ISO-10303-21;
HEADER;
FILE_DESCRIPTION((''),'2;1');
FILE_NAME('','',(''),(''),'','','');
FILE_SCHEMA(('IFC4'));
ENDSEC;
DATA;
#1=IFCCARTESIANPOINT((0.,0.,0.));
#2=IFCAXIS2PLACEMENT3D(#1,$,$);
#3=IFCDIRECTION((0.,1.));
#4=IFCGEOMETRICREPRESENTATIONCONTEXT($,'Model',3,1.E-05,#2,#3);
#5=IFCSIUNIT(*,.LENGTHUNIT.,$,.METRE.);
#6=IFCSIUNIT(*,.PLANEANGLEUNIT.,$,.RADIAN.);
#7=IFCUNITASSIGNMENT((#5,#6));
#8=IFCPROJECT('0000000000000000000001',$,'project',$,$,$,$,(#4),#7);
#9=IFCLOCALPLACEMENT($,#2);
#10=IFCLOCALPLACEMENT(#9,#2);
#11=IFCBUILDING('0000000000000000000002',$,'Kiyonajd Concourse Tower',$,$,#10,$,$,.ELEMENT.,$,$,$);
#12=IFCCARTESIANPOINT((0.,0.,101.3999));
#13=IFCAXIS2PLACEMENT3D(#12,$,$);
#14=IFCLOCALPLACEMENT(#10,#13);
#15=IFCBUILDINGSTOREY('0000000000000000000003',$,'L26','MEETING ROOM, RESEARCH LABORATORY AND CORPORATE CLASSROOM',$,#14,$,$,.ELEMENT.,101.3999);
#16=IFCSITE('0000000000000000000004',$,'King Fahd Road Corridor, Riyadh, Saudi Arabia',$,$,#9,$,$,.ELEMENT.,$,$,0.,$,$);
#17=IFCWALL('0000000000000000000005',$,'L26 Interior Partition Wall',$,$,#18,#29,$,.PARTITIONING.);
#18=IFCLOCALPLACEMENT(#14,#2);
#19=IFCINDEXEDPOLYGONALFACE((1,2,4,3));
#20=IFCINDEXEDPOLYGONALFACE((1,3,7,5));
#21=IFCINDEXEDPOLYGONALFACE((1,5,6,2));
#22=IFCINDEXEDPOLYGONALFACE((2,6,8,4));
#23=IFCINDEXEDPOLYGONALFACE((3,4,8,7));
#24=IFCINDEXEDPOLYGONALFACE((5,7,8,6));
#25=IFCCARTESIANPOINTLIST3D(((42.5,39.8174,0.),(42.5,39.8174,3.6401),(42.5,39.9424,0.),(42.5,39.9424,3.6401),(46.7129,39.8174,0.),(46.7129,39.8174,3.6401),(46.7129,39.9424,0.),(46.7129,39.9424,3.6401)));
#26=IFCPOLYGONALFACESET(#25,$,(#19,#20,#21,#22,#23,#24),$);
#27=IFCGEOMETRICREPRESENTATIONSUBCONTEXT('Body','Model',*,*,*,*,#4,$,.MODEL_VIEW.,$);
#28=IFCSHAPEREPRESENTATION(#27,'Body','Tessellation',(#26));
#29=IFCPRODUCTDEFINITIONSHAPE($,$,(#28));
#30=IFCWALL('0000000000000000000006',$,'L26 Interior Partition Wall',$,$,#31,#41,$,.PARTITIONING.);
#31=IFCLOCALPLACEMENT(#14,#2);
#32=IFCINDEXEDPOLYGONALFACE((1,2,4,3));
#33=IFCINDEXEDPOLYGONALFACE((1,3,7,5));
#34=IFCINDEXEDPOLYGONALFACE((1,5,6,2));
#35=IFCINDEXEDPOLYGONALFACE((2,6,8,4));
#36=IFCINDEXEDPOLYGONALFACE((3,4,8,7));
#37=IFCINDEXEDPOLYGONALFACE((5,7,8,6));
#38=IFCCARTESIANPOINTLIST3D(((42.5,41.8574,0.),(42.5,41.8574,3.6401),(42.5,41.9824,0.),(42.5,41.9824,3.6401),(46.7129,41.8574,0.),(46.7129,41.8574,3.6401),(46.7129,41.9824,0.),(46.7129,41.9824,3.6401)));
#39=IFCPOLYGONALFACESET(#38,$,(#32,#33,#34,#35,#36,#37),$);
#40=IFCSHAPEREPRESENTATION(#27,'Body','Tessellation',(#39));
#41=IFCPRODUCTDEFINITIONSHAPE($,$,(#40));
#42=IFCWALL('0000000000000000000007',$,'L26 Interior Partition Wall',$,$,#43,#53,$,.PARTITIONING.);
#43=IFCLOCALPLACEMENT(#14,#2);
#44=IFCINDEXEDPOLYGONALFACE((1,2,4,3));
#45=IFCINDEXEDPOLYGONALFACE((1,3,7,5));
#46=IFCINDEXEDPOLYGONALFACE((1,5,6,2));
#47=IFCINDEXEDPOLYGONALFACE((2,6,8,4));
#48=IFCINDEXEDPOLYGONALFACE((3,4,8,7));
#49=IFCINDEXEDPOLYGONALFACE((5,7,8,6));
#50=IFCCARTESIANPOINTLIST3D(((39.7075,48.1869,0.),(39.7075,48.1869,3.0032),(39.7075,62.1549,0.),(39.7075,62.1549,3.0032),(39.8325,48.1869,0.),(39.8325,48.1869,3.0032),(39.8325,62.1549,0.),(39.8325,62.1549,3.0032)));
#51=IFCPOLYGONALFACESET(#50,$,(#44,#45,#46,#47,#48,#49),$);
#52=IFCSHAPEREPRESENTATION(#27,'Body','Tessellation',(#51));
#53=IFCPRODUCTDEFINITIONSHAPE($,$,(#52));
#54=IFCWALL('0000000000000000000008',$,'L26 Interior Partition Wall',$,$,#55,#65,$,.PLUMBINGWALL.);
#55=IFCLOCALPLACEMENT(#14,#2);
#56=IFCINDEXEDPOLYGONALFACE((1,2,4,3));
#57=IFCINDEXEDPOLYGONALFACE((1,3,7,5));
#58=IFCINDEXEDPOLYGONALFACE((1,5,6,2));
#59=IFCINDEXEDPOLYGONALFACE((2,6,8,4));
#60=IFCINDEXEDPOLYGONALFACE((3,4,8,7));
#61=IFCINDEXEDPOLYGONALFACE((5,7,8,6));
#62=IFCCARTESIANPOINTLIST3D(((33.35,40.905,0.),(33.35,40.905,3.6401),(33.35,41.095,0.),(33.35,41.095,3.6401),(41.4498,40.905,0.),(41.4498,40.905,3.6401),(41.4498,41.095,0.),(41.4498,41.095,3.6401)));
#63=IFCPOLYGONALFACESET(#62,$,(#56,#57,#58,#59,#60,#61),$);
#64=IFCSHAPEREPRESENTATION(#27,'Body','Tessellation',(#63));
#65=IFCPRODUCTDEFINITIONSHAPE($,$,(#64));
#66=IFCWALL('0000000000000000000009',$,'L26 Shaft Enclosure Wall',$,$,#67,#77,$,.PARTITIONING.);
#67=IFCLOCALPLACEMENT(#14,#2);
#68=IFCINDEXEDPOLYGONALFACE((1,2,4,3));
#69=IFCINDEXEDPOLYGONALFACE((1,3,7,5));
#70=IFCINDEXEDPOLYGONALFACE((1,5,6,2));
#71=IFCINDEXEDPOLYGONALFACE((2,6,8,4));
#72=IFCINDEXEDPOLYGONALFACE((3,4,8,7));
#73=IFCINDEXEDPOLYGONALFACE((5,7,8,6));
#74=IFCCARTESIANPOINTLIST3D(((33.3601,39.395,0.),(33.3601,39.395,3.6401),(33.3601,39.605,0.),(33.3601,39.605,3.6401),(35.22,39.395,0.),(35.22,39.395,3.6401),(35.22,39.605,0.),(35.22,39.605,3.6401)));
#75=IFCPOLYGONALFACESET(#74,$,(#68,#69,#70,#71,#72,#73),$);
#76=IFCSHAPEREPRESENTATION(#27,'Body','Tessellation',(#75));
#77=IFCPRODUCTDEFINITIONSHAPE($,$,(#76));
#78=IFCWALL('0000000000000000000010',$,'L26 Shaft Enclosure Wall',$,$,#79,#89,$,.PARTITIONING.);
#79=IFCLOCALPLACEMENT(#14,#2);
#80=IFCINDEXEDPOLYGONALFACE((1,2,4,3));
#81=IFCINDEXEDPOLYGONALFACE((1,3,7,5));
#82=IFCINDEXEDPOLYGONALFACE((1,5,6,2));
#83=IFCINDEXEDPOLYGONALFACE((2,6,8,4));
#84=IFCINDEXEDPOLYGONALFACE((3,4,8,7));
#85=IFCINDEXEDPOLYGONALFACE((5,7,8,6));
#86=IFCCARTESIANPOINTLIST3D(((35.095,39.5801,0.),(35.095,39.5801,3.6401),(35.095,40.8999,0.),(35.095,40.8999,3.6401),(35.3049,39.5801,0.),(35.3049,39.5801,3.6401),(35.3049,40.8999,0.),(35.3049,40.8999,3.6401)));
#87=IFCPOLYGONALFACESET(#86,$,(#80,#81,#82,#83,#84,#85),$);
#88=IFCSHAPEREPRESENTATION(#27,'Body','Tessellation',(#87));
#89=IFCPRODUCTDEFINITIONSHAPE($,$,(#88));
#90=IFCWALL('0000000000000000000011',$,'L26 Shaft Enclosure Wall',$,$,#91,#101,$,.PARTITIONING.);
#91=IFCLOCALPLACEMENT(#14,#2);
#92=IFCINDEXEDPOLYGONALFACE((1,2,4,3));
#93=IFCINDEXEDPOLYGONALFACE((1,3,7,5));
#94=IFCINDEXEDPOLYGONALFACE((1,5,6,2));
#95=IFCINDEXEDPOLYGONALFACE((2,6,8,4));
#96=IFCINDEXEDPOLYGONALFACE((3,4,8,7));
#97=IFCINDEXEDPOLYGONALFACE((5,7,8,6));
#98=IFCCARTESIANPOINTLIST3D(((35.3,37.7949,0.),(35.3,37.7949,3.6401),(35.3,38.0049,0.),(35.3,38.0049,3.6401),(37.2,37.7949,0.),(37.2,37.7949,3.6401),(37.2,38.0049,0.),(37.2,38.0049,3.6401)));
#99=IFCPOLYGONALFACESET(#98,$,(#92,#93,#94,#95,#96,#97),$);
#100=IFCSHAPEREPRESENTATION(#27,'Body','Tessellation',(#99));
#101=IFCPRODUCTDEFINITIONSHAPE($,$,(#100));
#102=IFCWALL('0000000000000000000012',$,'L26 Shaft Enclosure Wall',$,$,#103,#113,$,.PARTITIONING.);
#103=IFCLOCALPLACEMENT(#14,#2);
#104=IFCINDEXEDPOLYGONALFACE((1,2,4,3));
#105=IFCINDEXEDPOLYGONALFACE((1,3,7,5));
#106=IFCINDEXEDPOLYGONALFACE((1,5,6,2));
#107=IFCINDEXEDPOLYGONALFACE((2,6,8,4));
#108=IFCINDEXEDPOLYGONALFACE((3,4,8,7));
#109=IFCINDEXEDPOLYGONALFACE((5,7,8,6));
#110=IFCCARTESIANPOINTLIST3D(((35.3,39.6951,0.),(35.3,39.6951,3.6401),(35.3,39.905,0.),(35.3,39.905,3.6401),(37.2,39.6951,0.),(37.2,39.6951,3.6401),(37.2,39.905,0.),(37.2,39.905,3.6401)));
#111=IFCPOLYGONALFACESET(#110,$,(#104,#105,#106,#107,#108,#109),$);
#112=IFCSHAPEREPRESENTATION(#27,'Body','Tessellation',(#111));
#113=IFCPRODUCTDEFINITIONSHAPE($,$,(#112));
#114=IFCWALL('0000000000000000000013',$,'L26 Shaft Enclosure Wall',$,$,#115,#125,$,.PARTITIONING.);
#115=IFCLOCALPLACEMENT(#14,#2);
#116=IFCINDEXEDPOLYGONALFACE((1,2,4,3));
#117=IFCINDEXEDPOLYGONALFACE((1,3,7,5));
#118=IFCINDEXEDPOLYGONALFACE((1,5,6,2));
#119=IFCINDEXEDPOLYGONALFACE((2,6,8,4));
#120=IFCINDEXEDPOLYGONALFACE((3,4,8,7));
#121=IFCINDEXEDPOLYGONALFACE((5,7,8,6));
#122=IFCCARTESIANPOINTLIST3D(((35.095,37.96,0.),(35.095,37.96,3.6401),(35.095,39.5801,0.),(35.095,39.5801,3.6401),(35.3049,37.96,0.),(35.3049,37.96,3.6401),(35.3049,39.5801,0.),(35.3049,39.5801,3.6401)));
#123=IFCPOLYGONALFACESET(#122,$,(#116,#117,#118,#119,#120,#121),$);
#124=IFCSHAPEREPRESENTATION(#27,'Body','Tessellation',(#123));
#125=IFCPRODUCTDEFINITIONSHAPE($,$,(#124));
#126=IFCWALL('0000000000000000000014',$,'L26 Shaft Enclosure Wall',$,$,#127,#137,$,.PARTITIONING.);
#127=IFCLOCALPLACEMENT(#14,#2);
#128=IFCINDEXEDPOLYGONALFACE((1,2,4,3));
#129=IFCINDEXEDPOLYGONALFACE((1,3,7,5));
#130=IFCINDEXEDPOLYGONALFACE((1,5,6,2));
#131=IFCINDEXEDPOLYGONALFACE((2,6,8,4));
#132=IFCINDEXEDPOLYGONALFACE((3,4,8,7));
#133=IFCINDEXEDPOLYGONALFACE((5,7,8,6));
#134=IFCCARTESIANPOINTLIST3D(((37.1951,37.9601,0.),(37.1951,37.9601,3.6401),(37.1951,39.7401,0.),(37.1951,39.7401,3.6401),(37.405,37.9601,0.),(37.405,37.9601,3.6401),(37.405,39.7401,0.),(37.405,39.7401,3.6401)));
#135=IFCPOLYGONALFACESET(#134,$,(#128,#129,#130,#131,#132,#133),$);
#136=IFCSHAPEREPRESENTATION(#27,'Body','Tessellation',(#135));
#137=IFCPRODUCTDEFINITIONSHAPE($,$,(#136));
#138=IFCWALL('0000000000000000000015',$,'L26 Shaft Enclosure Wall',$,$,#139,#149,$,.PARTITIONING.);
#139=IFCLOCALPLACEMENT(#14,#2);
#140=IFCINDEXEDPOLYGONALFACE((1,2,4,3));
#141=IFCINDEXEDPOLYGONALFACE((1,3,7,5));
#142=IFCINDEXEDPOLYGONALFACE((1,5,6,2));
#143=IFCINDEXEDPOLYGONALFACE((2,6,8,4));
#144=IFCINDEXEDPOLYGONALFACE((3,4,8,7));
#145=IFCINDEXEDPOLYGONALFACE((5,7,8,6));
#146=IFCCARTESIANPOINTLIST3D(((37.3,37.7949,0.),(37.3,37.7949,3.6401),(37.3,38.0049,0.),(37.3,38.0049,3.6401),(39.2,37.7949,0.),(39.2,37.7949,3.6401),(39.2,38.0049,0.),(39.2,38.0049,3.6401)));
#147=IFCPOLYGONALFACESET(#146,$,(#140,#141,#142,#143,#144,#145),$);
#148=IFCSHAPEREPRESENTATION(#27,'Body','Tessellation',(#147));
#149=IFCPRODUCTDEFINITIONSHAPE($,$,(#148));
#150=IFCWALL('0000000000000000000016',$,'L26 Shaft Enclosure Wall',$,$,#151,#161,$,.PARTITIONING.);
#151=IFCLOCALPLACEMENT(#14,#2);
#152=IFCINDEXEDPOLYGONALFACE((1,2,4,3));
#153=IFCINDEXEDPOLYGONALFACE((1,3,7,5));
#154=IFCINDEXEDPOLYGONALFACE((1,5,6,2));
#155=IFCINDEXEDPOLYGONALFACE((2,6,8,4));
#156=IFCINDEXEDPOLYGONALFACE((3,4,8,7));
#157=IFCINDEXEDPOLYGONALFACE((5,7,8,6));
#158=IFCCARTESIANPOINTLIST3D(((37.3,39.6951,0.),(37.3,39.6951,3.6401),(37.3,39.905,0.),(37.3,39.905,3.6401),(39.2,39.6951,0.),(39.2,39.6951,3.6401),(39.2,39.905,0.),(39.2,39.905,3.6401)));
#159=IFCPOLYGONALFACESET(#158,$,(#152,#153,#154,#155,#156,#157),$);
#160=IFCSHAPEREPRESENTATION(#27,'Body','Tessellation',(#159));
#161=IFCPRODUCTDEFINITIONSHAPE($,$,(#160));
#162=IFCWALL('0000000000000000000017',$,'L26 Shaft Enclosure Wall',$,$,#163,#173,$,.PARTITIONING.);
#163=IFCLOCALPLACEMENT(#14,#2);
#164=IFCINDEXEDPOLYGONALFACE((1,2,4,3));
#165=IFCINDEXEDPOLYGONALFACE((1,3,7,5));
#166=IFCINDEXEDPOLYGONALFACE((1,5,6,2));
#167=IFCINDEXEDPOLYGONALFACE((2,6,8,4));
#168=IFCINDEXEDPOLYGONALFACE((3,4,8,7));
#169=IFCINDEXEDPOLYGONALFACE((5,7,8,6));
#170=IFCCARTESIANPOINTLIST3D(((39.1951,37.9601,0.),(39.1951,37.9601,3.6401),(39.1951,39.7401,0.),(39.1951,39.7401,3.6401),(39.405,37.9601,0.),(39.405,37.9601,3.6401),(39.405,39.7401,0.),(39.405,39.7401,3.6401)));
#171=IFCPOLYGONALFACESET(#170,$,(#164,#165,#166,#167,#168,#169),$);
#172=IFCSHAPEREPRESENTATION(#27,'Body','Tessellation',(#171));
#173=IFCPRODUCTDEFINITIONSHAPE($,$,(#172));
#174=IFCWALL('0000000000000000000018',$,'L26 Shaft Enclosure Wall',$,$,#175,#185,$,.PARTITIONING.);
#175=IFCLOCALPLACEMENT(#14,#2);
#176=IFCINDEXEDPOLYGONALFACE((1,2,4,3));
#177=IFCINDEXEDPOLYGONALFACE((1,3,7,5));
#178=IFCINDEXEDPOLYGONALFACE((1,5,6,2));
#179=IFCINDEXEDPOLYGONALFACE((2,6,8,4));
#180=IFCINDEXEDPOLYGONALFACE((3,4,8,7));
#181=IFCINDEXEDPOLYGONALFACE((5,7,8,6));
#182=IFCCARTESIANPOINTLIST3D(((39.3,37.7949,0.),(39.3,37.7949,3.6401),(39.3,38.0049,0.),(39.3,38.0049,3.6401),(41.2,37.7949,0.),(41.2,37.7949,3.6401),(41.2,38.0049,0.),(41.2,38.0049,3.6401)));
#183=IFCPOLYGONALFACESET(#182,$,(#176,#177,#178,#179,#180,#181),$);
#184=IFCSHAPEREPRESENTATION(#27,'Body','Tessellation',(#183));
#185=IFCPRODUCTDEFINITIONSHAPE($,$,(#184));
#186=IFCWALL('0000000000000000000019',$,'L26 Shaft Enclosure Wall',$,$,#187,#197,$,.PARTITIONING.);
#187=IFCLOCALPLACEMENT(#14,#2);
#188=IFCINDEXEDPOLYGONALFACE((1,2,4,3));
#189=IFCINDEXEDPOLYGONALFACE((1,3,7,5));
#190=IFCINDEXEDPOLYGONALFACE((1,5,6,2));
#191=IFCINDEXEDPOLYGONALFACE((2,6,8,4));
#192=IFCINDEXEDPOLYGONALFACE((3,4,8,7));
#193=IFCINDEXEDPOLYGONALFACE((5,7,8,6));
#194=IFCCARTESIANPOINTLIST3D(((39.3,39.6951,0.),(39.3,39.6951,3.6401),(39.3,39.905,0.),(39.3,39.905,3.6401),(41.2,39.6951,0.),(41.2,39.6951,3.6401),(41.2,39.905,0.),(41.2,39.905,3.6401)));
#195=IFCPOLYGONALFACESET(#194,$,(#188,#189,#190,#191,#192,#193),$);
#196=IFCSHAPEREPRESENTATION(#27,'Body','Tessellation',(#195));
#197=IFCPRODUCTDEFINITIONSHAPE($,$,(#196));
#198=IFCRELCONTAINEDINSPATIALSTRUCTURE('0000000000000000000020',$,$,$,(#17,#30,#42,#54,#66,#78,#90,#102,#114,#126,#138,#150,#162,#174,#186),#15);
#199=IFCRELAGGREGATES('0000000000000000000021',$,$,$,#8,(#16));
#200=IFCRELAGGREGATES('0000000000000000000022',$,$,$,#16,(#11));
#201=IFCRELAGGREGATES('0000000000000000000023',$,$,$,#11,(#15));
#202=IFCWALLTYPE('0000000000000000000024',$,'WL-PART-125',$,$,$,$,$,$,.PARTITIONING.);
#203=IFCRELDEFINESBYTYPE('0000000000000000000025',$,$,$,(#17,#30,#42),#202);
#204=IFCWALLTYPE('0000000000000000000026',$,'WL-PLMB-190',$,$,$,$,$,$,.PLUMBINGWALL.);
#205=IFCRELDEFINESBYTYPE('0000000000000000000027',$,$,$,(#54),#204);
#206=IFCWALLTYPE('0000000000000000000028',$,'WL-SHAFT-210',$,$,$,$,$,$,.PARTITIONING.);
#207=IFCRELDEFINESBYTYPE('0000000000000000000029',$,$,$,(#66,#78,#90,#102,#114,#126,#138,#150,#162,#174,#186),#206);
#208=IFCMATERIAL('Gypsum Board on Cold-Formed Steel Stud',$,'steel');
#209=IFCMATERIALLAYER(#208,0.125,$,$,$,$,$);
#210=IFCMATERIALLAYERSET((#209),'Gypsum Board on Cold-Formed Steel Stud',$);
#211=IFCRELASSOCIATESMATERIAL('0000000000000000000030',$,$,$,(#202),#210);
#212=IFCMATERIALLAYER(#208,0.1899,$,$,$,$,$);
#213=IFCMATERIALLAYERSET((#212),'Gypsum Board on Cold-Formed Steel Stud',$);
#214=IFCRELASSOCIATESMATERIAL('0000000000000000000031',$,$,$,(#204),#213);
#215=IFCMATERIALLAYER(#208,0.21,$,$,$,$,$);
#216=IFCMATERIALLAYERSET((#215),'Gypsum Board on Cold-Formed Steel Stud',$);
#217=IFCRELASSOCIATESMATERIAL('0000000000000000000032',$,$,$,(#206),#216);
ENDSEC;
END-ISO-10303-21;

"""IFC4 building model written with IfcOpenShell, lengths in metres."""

from ifc_helpers import new_model, si_unit, direction, frame, frame_2d, origin, place, context, subcontext, project, spatial, rectangle, extrude, material, layer, layer_set, type_object, element, save


model = new_model("IFC4")

# Units and contexts
model_context = context("Model", 3, precision=1e-05, world=origin(), true_north=direction((0.0, 1.0)))
body_context = subcontext(model_context, "Body", "Model", "MODEL_VIEW")
ifc_project = project(units=[si_unit("LENGTHUNIT", "METRE"), si_unit("PLANEANGLEUNIT", "RADIAN")], contexts=[model_context])

# Site, building, storey
site_placement = place(None, origin())
site = spatial("IfcSite", under=ifc_project, at=site_placement, Name="King Fahd Road Corridor, Riyadh, Saudi Arabia", CompositionType="ELEMENT", RefElevation=0.0)
building_placement = place(site_placement, origin())
building = spatial("IfcBuilding", under=site, at=building_placement, Name="Kiyonajd Concourse Tower", CompositionType="ELEMENT")
storey_placement = place(building_placement, frame((0.0, 0.0, 101.3999)))
storey = spatial("IfcBuildingStorey", under=building, at=storey_placement, Name="L26", Description="MEETING ROOM, RESEARCH LABORATORY AND CORPORATE CLASSROOM", CompositionType="ELEMENT", Elevation=101.3999)

# Walls
ifc_material_1 = material(Name="Gypsum Board on Cold-Formed Steel Stud", Category="steel")
ifc_layer_1 = layer(ifc_material_1, 0.125)
ifc_layer_set_1 = layer_set([ifc_layer_1], Name="Gypsum Board on Cold-Formed Steel Stud")
wall_type_1 = type_object("IfcWallType", Name="WL-PART-125", PredefinedType="PARTITIONING", material=ifc_layer_set_1)
for number, where, z_axis, x_axis, name in (
    (1, (42.5, 39.8799, 0.0), (0.0, 0.0, 1.0), (1.0, 0.0, 0.0), "L26 Interior Partition Wall"),
    (2, (42.5, 41.9199, 0.0), (0.0, 0.0, 1.0), (1.0, 0.0, 0.0), "L26 Interior Partition Wall"),
):
    element("IfcWall", number, at=place(storey_placement, frame(where, z_axis=z_axis, x_axis=x_axis)), inside=storey, type_object=wall_type_1, Name=name, PredefinedType="PARTITIONING", context=body_context, shape_type="SweptSolid", body=[
        extrude(rectangle(XDim=4.2129, YDim=0.125, at=frame_2d((2.1064, 0.0))), origin(), (0.0, 0.0, 1.0), 3.6401),
    ])
wall_1_placement = place(storey_placement, frame((39.77, 48.187, 0.0), z_axis=(0.0, 0.0, 1.0), x_axis=(0.0, 1.0, 0.0)))
element("IfcWall", 3, at=wall_1_placement, inside=storey, type_object=wall_type_1, Name="L26 Interior Partition Wall", PredefinedType="PARTITIONING", context=body_context, shape_type="SweptSolid", body=[
    extrude(rectangle(XDim=13.968, YDim=0.125, at=frame_2d((6.9839, 0.0))), origin(), (0.0, 0.0, 1.0), 3.0032),
])
ifc_layer_2 = layer(ifc_material_1, 0.1899)
ifc_layer_set_2 = layer_set([ifc_layer_2], Name="Gypsum Board on Cold-Formed Steel Stud")
wall_type_2 = type_object("IfcWallType", Name="WL-PLMB-190", PredefinedType="PLUMBINGWALL", material=ifc_layer_set_2)
wall_2_placement = place(storey_placement, frame((33.3501, 41.0, 0.0), z_axis=(0.0, 0.0, 1.0), x_axis=(1.0, 0.0, 0.0)))
element("IfcWall", 4, at=wall_2_placement, inside=storey, type_object=wall_type_2, Name="L26 Interior Partition Wall", PredefinedType="PLUMBINGWALL", context=body_context, shape_type="SweptSolid", body=[
    extrude(rectangle(XDim=8.0999, YDim=0.1899, at=frame_2d((4.0498, 0.0))), origin(), (0.0, 0.0, 1.0), 3.6401),
])
ifc_layer_3 = layer(ifc_material_1, 0.21)
ifc_layer_set_3 = layer_set([ifc_layer_3], Name="Gypsum Board on Cold-Formed Steel Stud")
wall_type_3 = type_object("IfcWallType", Name="WL-SHAFT-210", PredefinedType="PARTITIONING", material=ifc_layer_set_3)
wall_3_placement = place(storey_placement, frame((33.3601, 39.5, 0.0), z_axis=(0.0, 0.0, 1.0), x_axis=(1.0, 0.0, 0.0)))
element("IfcWall", 5, at=wall_3_placement, inside=storey, type_object=wall_type_3, Name="L26 Shaft Enclosure Wall", PredefinedType="PARTITIONING", context=body_context, shape_type="SweptSolid", body=[
    extrude(rectangle(XDim=1.8599, YDim=0.21, at=frame_2d((0.9299, 0.0))), origin(), (0.0, 0.0, 1.0), 3.6401),
])
wall_4_placement = place(storey_placement, frame((35.2, 39.5801, 0.0), z_axis=(0.0, 0.0, 1.0), x_axis=(0.0, 1.0, 0.0)))
element("IfcWall", 6, at=wall_4_placement, inside=storey, type_object=wall_type_3, Name="L26 Shaft Enclosure Wall", PredefinedType="PARTITIONING", context=body_context, shape_type="SweptSolid", body=[
    extrude(rectangle(XDim=1.3198, YDim=0.21, at=frame_2d((0.6599, 0.0))), origin(), (0.0, 0.0, 1.0), 3.6401),
])
for number, where, z_axis, x_axis, name in (
    (7, (35.3, 37.8999, 0.0), (0.0, 0.0, 1.0), (1.0, 0.0, 0.0), "L26 Shaft Enclosure Wall"),
    (8, (35.3, 39.8, 0.0), (0.0, 0.0, 1.0), (1.0, 0.0, 0.0), "L26 Shaft Enclosure Wall"),
):
    element("IfcWall", number, at=place(storey_placement, frame(where, z_axis=z_axis, x_axis=x_axis)), inside=storey, type_object=wall_type_3, Name=name, PredefinedType="PARTITIONING", context=body_context, shape_type="SweptSolid", body=[
        extrude(rectangle(XDim=1.8999, YDim=0.21, at=frame_2d((0.95, 0.0))), origin(), (0.0, 0.0, 1.0), 3.6401),
    ])
wall_5_placement = place(storey_placement, frame((35.2, 37.96, 0.0), z_axis=(0.0, 0.0, 1.0), x_axis=(0.0, 1.0, 0.0)))
element("IfcWall", 9, at=wall_5_placement, inside=storey, type_object=wall_type_3, Name="L26 Shaft Enclosure Wall", PredefinedType="PARTITIONING", context=body_context, shape_type="SweptSolid", body=[
    extrude(rectangle(XDim=1.6201, YDim=0.21, at=frame_2d((0.8101, 0.0))), origin(), (0.0, 0.0, 1.0), 3.6401),
])
wall_6_placement = place(storey_placement, frame((37.3, 37.96, 0.0), z_axis=(0.0, 0.0, 1.0), x_axis=(0.0, 1.0, 0.0)))
element("IfcWall", 10, at=wall_6_placement, inside=storey, type_object=wall_type_3, Name="L26 Shaft Enclosure Wall", PredefinedType="PARTITIONING", context=body_context, shape_type="SweptSolid", body=[
    extrude(rectangle(XDim=1.78, YDim=0.21, at=frame_2d((0.8901, 0.0))), origin(), (0.0, 0.0, 1.0), 3.6401),
])
for number, where, z_axis, x_axis, name in (
    (11, (37.3, 37.8999, 0.0), (0.0, 0.0, 1.0), (1.0, 0.0, 0.0), "L26 Shaft Enclosure Wall"),
    (12, (37.3, 39.8, 0.0), (0.0, 0.0, 1.0), (1.0, 0.0, 0.0), "L26 Shaft Enclosure Wall"),
):
    element("IfcWall", number, at=place(storey_placement, frame(where, z_axis=z_axis, x_axis=x_axis)), inside=storey, type_object=wall_type_3, Name=name, PredefinedType="PARTITIONING", context=body_context, shape_type="SweptSolid", body=[
        extrude(rectangle(XDim=1.8999, YDim=0.21, at=frame_2d((0.95, 0.0))), origin(), (0.0, 0.0, 1.0), 3.6401),
    ])
wall_7_placement = place(storey_placement, frame((39.3, 37.96, 0.0), z_axis=(0.0, 0.0, 1.0), x_axis=(0.0, 1.0, 0.0)))
element("IfcWall", 13, at=wall_7_placement, inside=storey, type_object=wall_type_3, Name="L26 Shaft Enclosure Wall", PredefinedType="PARTITIONING", context=body_context, shape_type="SweptSolid", body=[
    extrude(rectangle(XDim=1.78, YDim=0.21, at=frame_2d((0.8901, 0.0))), origin(), (0.0, 0.0, 1.0), 3.6401),
])
for number, where, z_axis, x_axis, name in (
    (14, (39.3, 37.8999, 0.0), (0.0, 0.0, 1.0), (1.0, 0.0, 0.0), "L26 Shaft Enclosure Wall"),
    (15, (39.3, 39.8, 0.0), (0.0, 0.0, 1.0), (1.0, 0.0, 0.0), "L26 Shaft Enclosure Wall"),
):
    element("IfcWall", number, at=place(storey_placement, frame(where, z_axis=z_axis, x_axis=x_axis)), inside=storey, type_object=wall_type_3, Name=name, PredefinedType="PARTITIONING", context=body_context, shape_type="SweptSolid", body=[
        extrude(rectangle(XDim=1.8999, YDim=0.21, at=frame_2d((0.95, 0.0))), origin(), (0.0, 0.0, 1.0), 3.6401),
    ])

save(model, "model.ifc")
